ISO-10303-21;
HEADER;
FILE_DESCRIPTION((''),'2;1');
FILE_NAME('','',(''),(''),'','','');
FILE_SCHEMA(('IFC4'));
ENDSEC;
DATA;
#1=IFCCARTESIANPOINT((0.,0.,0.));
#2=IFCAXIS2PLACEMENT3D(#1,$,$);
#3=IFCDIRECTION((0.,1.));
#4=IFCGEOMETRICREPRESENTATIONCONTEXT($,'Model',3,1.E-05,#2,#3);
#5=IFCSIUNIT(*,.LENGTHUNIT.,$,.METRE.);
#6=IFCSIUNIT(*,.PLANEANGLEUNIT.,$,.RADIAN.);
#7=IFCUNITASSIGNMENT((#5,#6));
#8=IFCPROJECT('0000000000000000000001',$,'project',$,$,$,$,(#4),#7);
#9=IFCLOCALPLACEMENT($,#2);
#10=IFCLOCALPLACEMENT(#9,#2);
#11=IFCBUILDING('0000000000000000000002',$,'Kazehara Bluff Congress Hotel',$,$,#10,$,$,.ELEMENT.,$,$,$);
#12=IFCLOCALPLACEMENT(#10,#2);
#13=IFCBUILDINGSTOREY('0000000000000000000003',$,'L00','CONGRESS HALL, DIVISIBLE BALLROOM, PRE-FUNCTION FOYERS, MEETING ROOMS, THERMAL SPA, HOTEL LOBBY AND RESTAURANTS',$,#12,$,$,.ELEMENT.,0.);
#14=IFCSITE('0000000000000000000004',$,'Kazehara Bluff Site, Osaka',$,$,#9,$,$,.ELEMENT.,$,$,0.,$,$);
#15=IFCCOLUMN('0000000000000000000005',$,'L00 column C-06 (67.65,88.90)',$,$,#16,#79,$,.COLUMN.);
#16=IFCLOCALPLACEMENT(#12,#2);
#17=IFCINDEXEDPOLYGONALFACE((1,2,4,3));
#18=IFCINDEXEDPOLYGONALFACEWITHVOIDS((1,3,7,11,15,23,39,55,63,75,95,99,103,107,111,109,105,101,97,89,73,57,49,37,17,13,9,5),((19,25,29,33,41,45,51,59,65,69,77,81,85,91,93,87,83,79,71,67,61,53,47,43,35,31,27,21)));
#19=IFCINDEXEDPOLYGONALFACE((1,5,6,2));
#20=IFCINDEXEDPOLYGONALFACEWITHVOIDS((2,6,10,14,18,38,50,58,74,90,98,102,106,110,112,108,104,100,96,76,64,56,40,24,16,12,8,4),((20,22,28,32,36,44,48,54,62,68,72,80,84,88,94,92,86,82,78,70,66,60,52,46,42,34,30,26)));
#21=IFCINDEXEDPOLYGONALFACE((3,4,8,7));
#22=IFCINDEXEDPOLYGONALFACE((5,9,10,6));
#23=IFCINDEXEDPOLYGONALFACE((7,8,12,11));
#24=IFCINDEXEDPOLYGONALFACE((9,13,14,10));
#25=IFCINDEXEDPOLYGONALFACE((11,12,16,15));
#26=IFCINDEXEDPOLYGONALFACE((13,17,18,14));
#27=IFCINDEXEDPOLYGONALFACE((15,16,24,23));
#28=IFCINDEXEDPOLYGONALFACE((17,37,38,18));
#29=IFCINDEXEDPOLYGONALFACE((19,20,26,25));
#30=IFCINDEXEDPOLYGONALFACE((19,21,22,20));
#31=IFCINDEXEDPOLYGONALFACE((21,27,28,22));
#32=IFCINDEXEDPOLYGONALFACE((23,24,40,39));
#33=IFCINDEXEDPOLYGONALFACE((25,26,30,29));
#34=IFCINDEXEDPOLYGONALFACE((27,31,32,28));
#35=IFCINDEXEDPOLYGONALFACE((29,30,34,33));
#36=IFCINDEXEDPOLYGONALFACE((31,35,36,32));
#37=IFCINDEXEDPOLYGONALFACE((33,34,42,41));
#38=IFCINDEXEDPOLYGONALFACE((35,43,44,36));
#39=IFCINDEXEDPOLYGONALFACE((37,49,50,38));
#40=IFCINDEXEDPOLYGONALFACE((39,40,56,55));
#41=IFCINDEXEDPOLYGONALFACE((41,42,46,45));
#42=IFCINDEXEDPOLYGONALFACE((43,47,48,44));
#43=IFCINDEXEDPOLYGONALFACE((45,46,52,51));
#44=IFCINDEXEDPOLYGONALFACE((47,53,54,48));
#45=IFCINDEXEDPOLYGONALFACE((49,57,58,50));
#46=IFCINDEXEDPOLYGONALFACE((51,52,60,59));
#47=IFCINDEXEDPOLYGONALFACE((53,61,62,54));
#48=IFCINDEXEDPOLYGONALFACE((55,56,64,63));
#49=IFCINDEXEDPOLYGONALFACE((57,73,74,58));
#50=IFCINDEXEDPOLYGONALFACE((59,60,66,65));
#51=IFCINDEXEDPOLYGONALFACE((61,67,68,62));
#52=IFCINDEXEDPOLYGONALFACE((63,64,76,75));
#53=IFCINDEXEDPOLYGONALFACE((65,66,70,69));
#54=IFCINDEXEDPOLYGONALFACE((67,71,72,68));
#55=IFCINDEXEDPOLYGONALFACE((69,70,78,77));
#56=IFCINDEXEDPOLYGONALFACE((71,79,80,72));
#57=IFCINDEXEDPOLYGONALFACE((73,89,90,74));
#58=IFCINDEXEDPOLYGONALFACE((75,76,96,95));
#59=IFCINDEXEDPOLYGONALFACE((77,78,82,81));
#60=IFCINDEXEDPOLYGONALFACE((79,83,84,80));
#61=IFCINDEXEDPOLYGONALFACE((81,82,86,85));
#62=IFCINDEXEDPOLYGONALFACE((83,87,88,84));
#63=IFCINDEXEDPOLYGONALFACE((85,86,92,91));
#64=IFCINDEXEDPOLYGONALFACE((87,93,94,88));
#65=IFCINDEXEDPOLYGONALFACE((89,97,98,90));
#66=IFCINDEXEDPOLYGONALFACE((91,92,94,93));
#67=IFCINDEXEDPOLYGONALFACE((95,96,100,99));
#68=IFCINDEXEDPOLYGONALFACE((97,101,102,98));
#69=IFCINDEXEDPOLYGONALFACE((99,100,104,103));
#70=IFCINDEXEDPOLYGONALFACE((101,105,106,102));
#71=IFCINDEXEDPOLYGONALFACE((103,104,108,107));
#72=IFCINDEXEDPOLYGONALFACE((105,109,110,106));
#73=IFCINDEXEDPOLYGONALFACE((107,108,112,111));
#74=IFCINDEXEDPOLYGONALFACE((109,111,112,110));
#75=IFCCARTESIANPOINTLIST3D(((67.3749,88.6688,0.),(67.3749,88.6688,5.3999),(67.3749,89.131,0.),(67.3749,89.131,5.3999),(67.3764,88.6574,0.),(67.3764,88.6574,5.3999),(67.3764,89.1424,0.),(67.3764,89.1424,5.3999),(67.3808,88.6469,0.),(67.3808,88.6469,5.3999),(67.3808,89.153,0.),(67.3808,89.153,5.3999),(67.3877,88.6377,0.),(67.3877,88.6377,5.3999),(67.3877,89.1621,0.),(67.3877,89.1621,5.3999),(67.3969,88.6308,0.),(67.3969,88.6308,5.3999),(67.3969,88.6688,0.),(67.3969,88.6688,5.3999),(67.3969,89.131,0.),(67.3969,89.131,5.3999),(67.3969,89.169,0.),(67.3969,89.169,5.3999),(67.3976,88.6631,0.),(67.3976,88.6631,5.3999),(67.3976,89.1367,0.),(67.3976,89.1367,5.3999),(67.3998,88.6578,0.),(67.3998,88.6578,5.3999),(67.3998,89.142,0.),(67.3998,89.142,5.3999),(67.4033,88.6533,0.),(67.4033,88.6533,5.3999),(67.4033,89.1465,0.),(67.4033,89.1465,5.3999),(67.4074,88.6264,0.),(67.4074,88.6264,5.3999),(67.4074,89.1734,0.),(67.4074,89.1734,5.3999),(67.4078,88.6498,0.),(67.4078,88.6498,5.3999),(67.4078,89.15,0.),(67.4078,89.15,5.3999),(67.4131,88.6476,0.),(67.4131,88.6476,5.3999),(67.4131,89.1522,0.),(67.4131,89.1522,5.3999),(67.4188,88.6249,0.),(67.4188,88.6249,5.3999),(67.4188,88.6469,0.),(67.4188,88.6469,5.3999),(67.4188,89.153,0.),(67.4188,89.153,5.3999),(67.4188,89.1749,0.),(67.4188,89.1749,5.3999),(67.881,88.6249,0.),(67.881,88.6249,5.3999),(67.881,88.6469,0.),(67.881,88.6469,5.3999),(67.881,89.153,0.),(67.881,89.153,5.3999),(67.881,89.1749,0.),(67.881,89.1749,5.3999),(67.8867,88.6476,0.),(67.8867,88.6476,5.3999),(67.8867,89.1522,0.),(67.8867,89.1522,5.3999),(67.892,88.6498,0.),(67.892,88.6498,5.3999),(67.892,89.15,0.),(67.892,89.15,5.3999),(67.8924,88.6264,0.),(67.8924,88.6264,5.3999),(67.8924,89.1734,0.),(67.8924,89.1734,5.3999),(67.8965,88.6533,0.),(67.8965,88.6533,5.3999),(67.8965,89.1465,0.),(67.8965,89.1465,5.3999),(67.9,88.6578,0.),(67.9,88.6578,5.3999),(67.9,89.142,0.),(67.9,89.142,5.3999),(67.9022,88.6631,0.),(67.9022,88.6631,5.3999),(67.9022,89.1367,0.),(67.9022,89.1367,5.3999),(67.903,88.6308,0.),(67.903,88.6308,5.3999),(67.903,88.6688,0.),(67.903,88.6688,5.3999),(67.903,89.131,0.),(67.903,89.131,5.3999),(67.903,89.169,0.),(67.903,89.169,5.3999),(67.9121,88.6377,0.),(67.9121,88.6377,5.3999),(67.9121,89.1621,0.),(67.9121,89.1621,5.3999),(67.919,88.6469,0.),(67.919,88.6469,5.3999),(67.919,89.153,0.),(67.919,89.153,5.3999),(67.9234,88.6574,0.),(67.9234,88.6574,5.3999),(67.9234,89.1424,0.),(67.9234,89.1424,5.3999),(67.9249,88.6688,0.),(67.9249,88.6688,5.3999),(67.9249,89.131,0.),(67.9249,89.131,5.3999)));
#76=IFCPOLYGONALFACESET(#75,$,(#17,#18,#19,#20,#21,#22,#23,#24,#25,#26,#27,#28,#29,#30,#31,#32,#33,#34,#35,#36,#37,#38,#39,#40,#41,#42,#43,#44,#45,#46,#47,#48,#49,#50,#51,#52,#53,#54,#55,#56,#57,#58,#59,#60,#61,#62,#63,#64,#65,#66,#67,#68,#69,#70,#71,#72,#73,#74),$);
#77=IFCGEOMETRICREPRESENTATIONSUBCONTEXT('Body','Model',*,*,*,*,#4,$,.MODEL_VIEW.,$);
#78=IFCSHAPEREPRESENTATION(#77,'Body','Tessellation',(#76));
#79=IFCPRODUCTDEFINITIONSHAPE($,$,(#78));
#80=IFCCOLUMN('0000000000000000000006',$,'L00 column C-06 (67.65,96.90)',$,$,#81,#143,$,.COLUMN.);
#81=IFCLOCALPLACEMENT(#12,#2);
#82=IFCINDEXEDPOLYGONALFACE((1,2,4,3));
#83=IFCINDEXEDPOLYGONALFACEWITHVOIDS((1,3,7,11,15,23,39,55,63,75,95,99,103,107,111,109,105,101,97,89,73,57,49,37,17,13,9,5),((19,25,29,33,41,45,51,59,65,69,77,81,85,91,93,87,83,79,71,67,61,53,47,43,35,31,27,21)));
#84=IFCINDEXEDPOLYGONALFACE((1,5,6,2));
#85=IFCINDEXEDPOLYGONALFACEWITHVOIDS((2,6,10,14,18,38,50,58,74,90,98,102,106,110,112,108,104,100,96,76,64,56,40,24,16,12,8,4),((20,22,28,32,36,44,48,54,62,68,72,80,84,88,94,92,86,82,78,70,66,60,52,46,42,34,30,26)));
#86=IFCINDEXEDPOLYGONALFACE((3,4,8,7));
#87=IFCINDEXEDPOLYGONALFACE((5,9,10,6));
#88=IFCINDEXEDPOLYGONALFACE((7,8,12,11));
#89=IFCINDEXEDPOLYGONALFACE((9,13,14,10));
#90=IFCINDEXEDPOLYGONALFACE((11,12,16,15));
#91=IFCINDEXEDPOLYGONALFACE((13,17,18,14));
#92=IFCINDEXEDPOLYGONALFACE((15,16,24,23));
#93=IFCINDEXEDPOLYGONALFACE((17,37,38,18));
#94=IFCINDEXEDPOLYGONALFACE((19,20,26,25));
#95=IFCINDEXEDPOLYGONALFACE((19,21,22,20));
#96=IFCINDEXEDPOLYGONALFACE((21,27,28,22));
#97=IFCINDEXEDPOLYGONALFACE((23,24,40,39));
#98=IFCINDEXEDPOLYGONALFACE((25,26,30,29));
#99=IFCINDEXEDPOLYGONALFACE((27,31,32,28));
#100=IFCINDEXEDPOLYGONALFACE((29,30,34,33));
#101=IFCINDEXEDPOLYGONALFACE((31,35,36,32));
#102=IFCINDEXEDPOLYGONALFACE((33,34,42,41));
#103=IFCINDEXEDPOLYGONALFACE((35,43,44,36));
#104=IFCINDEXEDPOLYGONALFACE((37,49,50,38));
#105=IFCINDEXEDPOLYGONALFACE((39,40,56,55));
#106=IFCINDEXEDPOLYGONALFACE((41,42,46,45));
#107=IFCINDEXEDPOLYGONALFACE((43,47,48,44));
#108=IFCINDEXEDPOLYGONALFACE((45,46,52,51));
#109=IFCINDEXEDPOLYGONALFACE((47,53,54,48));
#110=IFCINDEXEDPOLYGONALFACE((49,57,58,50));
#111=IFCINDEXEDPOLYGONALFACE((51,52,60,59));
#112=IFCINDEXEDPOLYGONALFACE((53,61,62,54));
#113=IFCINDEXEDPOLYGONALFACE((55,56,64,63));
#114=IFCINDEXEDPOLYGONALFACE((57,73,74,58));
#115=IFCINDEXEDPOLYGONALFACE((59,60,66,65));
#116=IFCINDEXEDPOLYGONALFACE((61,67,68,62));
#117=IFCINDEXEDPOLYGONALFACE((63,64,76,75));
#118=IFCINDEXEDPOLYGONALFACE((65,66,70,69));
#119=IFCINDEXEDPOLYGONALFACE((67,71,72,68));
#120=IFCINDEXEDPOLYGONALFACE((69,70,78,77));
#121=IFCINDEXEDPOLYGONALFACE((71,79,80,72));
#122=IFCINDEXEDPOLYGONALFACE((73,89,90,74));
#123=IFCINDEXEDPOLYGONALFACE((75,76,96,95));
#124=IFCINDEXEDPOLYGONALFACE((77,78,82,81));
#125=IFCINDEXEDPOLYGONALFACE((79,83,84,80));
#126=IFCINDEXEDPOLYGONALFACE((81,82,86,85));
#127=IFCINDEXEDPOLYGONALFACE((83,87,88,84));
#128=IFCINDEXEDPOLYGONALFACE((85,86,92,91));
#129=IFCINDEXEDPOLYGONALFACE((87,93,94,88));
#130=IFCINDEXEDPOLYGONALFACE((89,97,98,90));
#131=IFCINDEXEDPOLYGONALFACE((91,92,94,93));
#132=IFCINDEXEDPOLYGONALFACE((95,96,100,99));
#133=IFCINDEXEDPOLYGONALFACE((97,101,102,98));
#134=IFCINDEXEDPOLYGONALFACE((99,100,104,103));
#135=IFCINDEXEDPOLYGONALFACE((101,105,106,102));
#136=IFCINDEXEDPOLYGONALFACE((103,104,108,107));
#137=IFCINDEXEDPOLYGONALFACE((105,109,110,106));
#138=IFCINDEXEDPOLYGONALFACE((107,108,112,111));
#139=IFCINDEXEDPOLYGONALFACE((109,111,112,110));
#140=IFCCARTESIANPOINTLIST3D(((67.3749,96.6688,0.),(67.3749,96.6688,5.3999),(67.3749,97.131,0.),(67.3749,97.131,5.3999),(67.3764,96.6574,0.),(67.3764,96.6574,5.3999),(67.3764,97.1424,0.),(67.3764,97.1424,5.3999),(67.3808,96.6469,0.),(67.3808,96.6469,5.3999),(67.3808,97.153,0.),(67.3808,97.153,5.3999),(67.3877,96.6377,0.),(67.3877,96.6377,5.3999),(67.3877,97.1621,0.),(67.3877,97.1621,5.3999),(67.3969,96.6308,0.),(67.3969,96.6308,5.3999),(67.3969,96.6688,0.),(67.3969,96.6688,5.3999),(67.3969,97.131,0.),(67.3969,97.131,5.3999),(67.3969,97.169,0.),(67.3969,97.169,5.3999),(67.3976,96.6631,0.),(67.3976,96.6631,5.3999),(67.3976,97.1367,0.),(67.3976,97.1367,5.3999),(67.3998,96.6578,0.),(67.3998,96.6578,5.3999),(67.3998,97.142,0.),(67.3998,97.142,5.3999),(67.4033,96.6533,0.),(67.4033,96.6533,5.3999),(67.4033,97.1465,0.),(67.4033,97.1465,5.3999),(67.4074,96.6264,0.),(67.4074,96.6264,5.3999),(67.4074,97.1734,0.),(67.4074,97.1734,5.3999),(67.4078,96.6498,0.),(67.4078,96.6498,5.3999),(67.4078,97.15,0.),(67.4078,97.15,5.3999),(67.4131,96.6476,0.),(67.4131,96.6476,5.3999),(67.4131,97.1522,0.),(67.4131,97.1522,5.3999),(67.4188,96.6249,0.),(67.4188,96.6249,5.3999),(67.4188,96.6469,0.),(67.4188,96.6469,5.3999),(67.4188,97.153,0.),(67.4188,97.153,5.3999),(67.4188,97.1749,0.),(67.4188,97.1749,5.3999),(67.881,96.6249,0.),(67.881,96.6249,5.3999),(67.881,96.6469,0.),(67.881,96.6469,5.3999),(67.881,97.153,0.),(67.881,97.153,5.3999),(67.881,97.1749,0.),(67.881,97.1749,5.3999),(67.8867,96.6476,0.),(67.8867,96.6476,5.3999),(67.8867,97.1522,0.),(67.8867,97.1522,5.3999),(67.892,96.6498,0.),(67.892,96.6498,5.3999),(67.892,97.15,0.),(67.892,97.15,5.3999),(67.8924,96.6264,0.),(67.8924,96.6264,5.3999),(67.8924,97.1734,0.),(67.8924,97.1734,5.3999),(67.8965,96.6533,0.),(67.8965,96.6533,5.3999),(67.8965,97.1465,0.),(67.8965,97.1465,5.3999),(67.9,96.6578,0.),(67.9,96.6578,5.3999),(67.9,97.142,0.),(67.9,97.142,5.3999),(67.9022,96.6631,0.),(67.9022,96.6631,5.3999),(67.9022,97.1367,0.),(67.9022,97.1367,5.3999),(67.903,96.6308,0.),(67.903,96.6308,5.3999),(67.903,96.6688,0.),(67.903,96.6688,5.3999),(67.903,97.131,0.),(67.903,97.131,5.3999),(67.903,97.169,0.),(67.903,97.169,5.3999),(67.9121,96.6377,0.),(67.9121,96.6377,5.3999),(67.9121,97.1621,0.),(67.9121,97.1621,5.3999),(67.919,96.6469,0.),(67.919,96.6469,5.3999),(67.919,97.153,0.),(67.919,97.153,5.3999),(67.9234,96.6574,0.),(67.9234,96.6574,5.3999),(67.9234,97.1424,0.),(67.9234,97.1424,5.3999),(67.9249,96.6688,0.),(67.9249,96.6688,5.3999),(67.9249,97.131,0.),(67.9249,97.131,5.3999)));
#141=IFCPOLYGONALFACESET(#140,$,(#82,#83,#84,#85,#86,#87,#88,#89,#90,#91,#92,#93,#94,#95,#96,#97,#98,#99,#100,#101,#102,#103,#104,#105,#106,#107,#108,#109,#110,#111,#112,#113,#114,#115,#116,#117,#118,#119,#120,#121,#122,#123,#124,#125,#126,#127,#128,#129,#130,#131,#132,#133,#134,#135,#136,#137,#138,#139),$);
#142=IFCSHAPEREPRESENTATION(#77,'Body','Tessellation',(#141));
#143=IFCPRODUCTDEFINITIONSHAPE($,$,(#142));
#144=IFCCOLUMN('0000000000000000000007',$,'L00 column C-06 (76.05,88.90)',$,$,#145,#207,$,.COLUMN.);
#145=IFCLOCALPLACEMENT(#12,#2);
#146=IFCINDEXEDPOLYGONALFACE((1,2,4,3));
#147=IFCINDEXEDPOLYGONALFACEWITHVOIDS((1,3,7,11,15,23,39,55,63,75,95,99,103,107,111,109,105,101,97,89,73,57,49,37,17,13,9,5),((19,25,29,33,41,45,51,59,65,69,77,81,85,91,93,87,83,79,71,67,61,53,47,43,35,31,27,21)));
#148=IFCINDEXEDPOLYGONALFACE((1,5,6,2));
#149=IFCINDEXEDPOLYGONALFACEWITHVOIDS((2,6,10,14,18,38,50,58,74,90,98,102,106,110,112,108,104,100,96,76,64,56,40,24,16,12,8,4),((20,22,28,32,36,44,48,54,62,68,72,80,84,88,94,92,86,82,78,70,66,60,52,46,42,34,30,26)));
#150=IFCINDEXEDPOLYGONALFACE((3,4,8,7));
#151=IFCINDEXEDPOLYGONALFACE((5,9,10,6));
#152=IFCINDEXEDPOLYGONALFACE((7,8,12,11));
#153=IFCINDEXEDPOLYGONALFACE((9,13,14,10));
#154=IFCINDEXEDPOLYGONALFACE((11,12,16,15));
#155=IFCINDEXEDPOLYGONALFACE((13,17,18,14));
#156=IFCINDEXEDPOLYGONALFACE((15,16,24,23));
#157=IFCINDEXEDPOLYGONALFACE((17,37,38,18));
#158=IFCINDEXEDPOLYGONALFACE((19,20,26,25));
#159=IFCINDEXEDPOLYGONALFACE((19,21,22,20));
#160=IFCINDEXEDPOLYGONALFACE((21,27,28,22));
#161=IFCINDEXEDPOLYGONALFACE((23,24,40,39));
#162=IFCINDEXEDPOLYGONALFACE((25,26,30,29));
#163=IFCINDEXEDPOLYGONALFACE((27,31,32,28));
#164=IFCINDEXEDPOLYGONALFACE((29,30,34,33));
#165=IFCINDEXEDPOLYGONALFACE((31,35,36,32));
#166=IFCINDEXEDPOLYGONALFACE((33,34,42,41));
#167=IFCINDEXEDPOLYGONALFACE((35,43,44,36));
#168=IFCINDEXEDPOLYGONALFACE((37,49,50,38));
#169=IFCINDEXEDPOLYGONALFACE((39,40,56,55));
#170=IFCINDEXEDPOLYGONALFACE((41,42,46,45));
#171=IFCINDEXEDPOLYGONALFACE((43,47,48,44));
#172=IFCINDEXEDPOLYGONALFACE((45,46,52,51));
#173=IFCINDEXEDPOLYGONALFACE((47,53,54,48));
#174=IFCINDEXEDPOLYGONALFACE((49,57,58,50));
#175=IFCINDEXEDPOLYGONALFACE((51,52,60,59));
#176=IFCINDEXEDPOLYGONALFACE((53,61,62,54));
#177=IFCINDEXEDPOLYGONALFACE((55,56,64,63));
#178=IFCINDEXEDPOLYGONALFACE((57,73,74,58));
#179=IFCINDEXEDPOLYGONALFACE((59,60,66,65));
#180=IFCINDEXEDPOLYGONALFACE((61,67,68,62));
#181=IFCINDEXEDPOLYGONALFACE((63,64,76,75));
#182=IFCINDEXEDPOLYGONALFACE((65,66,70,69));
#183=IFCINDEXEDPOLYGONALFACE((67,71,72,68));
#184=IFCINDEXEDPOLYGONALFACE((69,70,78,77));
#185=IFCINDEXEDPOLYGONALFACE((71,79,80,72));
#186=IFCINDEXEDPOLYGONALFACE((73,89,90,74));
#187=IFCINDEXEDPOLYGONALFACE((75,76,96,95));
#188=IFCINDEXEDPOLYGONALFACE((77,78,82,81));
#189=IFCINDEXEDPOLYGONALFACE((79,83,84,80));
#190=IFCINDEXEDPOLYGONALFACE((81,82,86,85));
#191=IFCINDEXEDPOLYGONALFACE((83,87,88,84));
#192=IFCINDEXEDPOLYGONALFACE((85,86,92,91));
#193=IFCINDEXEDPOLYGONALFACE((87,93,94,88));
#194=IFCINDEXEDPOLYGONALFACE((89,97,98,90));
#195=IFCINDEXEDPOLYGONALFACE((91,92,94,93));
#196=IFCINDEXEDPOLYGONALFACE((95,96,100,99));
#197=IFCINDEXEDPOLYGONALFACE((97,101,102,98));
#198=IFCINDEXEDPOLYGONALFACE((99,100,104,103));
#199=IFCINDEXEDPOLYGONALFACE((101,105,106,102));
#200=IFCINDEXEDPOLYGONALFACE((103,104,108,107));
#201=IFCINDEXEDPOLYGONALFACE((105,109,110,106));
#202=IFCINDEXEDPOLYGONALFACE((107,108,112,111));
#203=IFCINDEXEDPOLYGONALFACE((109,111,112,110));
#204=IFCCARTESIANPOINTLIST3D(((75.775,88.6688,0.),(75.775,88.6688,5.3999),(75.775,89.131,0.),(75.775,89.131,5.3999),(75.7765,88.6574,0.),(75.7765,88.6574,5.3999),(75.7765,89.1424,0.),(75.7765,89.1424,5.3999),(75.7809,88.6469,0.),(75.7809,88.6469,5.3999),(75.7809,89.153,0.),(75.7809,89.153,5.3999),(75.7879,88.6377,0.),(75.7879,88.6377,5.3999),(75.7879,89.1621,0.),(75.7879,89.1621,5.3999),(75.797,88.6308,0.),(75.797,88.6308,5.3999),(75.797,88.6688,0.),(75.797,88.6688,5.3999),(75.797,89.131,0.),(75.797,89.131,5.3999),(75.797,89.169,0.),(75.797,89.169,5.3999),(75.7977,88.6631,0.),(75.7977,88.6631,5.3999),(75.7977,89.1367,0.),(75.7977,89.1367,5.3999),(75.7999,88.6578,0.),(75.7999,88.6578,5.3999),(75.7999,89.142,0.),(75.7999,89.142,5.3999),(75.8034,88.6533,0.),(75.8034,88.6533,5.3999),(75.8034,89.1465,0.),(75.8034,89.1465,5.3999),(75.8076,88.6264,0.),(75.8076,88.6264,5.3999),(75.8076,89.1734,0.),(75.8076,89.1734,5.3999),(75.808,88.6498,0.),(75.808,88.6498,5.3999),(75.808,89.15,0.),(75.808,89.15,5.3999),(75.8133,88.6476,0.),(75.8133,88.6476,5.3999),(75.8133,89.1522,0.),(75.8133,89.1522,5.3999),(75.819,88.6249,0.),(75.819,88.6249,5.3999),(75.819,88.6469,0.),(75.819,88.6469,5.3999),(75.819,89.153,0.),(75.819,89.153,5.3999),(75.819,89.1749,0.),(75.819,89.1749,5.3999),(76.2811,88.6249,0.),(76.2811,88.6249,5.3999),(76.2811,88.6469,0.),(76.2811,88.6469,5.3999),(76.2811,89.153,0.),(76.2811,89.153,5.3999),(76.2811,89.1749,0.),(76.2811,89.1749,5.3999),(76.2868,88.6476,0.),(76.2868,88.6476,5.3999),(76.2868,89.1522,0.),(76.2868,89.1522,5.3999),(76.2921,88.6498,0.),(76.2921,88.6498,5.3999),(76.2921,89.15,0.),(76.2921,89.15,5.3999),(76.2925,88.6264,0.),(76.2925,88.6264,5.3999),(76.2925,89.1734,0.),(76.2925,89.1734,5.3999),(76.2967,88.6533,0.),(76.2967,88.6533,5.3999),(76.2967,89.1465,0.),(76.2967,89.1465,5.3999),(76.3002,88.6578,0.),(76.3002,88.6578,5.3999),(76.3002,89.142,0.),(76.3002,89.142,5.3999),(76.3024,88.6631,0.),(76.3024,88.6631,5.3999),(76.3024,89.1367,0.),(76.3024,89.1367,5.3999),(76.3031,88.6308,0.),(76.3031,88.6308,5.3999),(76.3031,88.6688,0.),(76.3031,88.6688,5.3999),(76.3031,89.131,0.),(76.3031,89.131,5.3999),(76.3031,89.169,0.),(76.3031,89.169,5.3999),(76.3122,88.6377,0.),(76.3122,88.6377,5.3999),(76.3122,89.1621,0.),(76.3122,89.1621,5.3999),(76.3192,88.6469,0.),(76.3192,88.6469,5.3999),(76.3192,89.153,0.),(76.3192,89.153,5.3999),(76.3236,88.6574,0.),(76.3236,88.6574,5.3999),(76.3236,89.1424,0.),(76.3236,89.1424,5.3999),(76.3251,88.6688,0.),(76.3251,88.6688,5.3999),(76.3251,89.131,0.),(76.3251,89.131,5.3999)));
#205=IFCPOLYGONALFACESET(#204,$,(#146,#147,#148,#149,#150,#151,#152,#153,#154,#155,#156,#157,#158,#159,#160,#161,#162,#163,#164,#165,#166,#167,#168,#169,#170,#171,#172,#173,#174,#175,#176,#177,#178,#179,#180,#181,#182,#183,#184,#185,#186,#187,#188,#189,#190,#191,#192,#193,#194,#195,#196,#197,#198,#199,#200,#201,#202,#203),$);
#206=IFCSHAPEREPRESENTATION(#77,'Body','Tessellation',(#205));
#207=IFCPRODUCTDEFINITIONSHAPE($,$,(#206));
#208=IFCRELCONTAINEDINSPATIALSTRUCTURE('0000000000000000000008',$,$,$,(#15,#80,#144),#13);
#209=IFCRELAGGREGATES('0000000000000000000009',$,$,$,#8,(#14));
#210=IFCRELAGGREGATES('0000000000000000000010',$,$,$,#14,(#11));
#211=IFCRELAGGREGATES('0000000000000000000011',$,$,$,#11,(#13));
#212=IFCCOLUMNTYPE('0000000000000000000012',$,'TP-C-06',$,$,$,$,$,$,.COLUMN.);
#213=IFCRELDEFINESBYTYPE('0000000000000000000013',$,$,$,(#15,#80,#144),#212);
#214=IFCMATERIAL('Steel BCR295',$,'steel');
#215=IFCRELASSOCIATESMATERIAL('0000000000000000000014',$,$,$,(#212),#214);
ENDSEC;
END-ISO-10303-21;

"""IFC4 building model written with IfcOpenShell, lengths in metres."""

from ifc_helpers import new_model, si_unit, direction, frame, origin, origin_2d, place, context, subcontext, project, spatial, hollow_rectangle, extrude, material, material_profile, profile_set, type_object, element, save


model = new_model("IFC4")

# Units and contexts
model_context = context("Model", 3, precision=1e-05, world=origin(), true_north=direction((0.0, 1.0)))
body_context = subcontext(model_context, "Body", "Model", "MODEL_VIEW")
ifc_project = project(units=[si_unit("LENGTHUNIT", "METRE"), si_unit("PLANEANGLEUNIT", "RADIAN")], contexts=[model_context])

# Site, building, storey
site_placement = place(None, origin())
site = spatial("IfcSite", under=ifc_project, at=site_placement, Name="Kazehara Bluff Site, Osaka", CompositionType="ELEMENT", RefElevation=0.0)
building_placement = place(site_placement, origin())
building = spatial("IfcBuilding", under=site, at=building_placement, Name="Kazehara Bluff Congress Hotel", CompositionType="ELEMENT")
storey_placement = place(building_placement, origin())
storey = spatial("IfcBuildingStorey", under=building, at=storey_placement, Name="L00", Description="CONGRESS HALL, DIVISIBLE BALLROOM, PRE-FUNCTION FOYERS, MEETING ROOMS, THERMAL SPA, HOTEL LOBBY AND RESTAURANTS", CompositionType="ELEMENT", Elevation=0.0)

# Columns
ifc_material_1 = material(Name="Steel BCR295", Category="steel")
ifc_material_profile_1 = material_profile(ifc_material_1, hollow_rectangle(XDim=0.55, YDim=0.55, WallThickness=0.022, InnerFilletRadius=0.022, OuterFilletRadius=0.0439, at=origin_2d()))
ifc_profile_set_1 = profile_set([ifc_material_profile_1], Name="Steel BCR295")
column_type = type_object("IfcColumnType", Name="TP-C-06", PredefinedType="COLUMN", material=ifc_profile_set_1)
for number, where, z_axis, x_axis, name in (
    (1, (67.6499, 88.8999, 0.0), (0.0, 0.0, 1.0), (1.0, 0.0, 0.0), "L00 column C-06 (67.65,88.90)"),
    (2, (67.6499, 96.8999, 0.0), (0.0, 0.0, 1.0), (1.0, 0.0, 0.0), "L00 column C-06 (67.65,96.90)"),
    (3, (76.05, 88.8999, 0.0), (0.0, 0.0, 1.0), (1.0, 0.0, 0.0), "L00 column C-06 (76.05,88.90)"),
):
    element("IfcColumn", number, at=place(storey_placement, frame(where, z_axis=z_axis, x_axis=x_axis)), inside=storey, type_object=column_type, Name=name, PredefinedType="COLUMN", context=body_context, shape_type="SweptSolid", body=[
        extrude(hollow_rectangle(XDim=0.55, YDim=0.55, WallThickness=0.022, InnerFilletRadius=0.022, OuterFilletRadius=0.0439, at=origin_2d()), origin(), (0.0, 0.0, 1.0), 5.3999),
    ])

save(model, "model.ifc")
